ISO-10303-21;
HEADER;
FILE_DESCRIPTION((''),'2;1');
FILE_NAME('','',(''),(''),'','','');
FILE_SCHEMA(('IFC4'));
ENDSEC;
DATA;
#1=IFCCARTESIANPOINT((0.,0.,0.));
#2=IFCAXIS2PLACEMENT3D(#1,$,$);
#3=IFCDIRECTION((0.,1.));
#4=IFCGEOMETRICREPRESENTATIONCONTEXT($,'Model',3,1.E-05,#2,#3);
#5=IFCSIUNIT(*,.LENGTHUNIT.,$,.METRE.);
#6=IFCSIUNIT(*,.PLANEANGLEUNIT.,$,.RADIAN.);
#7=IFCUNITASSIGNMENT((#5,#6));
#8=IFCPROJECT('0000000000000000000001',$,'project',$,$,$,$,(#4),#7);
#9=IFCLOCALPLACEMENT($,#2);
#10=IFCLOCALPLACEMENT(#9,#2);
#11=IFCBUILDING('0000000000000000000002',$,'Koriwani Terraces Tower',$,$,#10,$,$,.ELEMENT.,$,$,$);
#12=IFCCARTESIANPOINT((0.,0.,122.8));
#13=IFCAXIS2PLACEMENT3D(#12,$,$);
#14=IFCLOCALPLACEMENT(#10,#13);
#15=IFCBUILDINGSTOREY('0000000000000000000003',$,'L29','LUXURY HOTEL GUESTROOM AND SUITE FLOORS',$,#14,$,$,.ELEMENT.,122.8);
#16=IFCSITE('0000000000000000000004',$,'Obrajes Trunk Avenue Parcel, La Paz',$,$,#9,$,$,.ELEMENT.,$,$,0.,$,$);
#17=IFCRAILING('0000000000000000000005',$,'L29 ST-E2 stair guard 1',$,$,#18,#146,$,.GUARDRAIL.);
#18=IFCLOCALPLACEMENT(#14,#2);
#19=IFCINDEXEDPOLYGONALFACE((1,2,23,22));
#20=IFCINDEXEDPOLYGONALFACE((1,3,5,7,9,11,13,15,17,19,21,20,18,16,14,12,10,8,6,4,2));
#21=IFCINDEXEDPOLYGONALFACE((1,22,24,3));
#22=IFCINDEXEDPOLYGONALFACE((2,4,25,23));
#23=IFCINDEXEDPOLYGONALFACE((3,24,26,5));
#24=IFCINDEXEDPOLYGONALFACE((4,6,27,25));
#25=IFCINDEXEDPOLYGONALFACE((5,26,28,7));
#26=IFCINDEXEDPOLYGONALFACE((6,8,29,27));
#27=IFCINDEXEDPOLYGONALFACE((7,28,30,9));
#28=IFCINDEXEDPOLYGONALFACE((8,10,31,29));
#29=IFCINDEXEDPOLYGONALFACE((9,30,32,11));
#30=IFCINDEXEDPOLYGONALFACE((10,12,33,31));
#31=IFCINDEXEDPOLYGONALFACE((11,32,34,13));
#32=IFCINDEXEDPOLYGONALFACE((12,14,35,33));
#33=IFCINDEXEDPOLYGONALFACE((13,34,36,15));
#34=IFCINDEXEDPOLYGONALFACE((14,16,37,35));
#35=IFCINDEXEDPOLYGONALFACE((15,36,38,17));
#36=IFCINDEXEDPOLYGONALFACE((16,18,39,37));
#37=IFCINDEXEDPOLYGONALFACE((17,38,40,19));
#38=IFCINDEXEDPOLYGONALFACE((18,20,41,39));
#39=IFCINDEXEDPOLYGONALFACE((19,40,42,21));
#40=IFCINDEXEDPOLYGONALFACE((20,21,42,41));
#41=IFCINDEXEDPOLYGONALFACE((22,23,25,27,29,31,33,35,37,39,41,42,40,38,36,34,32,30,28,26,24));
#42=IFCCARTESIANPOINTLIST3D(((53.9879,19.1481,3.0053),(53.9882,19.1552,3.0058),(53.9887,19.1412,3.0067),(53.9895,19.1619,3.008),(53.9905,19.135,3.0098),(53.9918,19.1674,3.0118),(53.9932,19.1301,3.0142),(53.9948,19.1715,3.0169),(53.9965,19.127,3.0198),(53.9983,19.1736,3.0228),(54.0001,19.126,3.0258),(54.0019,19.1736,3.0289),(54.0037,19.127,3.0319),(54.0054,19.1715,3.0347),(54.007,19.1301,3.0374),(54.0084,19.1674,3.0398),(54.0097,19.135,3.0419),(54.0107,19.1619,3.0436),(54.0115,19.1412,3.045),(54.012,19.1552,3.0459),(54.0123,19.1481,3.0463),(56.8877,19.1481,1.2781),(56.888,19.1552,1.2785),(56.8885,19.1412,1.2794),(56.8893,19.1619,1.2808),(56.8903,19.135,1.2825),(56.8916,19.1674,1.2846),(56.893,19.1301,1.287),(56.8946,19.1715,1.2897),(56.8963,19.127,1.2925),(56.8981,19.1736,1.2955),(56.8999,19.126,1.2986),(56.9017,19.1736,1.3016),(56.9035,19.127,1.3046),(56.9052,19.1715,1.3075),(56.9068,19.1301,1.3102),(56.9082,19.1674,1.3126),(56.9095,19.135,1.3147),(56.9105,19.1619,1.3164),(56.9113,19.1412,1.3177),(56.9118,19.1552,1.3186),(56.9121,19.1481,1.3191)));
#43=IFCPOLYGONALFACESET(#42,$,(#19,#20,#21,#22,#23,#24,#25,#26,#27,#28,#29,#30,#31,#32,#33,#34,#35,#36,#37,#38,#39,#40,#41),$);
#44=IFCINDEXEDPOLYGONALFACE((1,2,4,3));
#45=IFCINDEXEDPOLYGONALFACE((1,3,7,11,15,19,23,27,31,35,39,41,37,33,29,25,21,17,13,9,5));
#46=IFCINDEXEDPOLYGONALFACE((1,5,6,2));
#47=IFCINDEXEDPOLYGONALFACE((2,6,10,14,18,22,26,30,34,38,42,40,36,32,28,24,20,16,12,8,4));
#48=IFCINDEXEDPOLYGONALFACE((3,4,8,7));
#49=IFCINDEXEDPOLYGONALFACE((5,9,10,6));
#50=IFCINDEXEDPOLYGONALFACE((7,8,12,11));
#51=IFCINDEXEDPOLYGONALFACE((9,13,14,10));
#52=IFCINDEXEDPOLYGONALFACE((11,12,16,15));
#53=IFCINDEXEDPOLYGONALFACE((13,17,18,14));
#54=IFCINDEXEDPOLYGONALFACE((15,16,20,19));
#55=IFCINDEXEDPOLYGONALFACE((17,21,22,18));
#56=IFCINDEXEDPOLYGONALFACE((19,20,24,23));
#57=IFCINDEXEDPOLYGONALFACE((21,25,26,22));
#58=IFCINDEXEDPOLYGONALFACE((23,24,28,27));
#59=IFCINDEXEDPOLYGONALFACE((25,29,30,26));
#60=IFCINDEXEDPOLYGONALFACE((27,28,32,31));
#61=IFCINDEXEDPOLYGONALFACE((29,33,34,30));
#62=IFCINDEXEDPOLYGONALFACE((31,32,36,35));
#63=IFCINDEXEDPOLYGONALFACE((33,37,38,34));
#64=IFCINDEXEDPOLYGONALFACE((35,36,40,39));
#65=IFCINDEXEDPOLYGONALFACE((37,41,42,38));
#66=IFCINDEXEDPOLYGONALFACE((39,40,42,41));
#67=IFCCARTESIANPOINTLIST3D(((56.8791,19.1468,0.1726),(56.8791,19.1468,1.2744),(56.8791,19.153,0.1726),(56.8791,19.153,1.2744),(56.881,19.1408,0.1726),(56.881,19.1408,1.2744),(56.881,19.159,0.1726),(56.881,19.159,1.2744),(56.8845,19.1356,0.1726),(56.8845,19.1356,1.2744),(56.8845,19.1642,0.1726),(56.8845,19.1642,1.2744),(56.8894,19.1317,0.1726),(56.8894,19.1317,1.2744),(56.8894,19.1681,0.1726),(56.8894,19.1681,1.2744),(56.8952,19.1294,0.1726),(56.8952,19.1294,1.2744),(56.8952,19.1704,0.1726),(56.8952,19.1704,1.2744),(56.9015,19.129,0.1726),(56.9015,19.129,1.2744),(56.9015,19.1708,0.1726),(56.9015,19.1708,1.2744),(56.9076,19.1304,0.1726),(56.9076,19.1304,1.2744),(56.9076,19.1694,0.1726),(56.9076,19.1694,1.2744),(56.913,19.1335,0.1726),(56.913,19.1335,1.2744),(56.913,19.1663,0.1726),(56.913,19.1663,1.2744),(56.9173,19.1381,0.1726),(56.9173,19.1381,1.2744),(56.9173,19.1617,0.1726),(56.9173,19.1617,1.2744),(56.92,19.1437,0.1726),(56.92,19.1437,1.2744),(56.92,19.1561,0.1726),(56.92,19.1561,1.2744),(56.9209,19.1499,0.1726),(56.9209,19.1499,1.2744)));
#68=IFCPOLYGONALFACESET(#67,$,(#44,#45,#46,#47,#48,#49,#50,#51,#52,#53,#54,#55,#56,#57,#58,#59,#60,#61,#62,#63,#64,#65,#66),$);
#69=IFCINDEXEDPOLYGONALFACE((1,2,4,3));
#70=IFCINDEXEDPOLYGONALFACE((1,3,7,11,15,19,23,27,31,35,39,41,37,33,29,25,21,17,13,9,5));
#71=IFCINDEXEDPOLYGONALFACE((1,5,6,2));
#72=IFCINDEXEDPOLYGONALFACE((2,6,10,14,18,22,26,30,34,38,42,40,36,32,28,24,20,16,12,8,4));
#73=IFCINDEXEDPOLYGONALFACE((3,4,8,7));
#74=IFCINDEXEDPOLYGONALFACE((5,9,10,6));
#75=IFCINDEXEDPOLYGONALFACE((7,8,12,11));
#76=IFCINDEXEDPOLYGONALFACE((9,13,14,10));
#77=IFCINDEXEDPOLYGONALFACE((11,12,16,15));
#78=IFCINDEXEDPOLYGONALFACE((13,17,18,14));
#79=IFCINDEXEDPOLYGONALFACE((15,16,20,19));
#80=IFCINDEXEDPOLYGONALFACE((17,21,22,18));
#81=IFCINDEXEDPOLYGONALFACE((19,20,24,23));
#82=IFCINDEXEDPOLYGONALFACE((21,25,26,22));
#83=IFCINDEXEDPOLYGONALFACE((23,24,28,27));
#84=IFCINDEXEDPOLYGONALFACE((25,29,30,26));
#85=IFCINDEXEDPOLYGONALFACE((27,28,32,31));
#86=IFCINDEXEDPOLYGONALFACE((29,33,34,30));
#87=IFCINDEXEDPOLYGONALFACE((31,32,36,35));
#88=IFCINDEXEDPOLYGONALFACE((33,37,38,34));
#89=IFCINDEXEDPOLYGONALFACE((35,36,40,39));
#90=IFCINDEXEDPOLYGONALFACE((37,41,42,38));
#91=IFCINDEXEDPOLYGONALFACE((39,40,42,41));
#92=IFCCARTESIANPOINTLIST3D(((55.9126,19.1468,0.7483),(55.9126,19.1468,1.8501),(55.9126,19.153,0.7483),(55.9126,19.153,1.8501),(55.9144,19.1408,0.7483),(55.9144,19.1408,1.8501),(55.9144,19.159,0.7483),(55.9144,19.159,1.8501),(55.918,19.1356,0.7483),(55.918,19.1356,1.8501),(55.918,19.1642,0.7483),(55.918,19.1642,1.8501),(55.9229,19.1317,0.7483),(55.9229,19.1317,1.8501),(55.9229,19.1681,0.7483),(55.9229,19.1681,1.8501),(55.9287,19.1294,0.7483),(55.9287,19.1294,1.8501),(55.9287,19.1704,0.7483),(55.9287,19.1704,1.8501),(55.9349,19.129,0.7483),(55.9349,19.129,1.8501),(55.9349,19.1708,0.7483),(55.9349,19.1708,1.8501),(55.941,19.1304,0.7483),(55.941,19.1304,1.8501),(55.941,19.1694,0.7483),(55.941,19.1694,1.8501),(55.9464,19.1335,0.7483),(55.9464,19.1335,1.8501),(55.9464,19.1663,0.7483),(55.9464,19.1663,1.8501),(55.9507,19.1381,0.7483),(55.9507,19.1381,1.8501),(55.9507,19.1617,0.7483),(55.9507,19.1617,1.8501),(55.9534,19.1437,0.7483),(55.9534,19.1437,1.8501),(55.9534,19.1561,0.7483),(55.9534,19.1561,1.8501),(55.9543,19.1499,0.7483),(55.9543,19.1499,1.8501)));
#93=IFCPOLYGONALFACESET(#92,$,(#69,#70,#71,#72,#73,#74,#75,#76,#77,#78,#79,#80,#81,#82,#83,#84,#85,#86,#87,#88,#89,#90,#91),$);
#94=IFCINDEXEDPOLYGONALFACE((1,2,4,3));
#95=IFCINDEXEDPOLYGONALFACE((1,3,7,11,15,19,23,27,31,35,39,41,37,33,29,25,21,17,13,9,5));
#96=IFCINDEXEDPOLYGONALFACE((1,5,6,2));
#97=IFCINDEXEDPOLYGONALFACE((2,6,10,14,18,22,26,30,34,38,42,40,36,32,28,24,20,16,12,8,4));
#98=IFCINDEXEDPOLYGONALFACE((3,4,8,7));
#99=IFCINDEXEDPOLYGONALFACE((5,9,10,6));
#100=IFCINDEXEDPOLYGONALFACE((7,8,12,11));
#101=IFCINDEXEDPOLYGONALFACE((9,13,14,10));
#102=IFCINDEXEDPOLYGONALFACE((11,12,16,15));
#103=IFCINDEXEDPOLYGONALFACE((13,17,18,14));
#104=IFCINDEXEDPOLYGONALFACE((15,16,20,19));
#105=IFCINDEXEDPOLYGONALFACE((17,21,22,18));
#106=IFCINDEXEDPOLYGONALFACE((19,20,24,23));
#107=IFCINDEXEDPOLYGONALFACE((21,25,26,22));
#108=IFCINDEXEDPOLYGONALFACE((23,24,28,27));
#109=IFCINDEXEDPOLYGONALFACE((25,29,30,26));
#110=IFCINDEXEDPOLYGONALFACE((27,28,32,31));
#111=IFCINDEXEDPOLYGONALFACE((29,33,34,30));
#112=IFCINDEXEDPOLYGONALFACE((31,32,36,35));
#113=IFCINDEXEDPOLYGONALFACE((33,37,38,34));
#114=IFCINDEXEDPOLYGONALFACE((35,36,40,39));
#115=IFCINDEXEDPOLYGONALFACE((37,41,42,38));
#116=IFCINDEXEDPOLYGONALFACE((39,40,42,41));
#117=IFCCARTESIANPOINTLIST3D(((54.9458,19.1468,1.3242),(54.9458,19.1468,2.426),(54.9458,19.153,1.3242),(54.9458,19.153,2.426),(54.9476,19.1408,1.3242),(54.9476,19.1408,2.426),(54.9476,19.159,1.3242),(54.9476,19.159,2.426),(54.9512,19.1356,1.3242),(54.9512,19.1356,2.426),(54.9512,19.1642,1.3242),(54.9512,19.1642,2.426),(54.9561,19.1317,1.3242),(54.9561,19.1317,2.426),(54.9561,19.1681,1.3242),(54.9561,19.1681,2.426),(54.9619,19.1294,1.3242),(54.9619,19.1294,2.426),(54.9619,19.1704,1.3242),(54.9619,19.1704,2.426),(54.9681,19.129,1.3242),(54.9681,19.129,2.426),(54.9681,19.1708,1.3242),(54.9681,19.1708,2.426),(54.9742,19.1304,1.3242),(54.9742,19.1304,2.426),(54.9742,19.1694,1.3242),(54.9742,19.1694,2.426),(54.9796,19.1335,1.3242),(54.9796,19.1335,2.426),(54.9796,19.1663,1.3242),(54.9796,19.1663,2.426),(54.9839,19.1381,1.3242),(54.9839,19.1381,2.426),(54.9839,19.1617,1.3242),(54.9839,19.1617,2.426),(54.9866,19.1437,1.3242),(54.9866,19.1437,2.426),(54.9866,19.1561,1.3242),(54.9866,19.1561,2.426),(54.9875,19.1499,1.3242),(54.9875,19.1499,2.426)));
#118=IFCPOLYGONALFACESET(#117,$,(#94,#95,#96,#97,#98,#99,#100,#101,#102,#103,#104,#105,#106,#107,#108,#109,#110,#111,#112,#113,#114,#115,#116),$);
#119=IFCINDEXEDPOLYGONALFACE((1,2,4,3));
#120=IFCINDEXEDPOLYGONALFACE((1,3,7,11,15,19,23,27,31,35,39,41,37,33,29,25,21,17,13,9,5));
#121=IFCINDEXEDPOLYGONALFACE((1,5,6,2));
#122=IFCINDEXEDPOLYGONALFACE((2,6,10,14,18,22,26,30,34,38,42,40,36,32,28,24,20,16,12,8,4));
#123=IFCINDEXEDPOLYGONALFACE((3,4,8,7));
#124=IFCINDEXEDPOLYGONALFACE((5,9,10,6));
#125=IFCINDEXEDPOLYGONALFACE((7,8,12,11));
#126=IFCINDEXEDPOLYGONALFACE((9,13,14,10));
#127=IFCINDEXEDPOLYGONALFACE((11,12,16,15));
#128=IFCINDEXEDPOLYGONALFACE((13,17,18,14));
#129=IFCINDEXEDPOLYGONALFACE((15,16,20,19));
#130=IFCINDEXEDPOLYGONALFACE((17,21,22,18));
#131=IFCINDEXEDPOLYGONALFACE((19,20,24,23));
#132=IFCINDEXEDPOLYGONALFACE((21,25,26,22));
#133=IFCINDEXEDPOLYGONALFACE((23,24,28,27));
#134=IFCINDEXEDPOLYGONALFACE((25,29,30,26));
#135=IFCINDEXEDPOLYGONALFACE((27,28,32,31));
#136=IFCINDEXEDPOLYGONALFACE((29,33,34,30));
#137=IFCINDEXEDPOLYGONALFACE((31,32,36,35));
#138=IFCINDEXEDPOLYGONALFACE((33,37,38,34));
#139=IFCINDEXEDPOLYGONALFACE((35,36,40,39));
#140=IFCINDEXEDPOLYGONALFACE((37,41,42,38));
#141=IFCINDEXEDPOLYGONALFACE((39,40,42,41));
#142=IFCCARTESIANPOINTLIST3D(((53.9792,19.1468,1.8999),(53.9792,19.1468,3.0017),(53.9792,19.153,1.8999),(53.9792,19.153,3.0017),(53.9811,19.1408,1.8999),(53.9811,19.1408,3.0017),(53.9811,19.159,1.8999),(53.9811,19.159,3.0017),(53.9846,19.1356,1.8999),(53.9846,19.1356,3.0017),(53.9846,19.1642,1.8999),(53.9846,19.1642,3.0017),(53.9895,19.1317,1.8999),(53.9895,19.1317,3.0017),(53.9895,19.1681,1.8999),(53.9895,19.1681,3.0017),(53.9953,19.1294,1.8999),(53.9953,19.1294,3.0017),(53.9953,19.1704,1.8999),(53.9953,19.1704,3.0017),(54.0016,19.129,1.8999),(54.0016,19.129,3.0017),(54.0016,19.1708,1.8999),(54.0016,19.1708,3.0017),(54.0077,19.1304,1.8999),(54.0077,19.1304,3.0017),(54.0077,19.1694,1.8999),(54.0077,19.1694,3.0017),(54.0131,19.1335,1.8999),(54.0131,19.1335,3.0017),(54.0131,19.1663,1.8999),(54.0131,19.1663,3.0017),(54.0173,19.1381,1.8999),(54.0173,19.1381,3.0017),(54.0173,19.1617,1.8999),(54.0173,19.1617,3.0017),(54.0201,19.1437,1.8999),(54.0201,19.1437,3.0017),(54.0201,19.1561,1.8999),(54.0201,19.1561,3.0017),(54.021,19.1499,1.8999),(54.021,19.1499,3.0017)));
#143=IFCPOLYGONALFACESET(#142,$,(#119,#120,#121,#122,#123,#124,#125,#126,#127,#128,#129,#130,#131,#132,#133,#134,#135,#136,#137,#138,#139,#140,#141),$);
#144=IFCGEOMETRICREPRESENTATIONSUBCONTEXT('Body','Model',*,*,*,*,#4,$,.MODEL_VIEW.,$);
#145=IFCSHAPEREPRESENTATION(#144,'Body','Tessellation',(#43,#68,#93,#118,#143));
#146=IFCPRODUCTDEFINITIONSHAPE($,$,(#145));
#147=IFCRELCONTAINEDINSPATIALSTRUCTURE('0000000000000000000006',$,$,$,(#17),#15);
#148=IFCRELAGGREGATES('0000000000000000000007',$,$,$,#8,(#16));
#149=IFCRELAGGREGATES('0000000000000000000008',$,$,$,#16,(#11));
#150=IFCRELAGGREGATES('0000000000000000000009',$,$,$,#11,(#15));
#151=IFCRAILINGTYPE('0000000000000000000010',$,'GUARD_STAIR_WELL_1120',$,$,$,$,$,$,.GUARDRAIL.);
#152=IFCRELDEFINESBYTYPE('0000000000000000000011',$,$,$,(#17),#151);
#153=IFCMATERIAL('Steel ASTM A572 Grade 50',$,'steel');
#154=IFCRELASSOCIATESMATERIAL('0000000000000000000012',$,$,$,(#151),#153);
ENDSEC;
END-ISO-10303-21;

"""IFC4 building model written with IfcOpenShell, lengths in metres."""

from ifc_helpers import new_model, si_unit, direction, frame, origin, origin_2d, place, context, subcontext, project, spatial, circle, extrude, material, type_object, element, save


model = new_model("IFC4")

# Units and contexts
model_context = context("Model", 3, precision=1e-05, world=origin(), true_north=direction((0.0, 1.0)))
body_context = subcontext(model_context, "Body", "Model", "MODEL_VIEW")
ifc_project = project(units=[si_unit("LENGTHUNIT", "METRE"), si_unit("PLANEANGLEUNIT", "RADIAN")], contexts=[model_context])

# Site, building, storey
site_placement = place(None, origin())
site = spatial("IfcSite", under=ifc_project, at=site_placement, Name="Obrajes Trunk Avenue Parcel, La Paz", CompositionType="ELEMENT", RefElevation=0.0)
building_placement = place(site_placement, origin())
building = spatial("IfcBuilding", under=site, at=building_placement, Name="Koriwani Terraces Tower", CompositionType="ELEMENT")
storey_placement = place(building_placement, frame((0.0, 0.0, 122.8)))
storey = spatial("IfcBuildingStorey", under=building, at=storey_placement, Name="L29", Description="LUXURY HOTEL GUESTROOM AND SUITE FLOORS", CompositionType="ELEMENT", Elevation=122.8)

# Shared definitions
ifc_material_1 = material(Name="Steel ASTM A572 Grade 50", Category="steel")

# Railing
railing_type_1 = type_object("IfcRailingType", Name="GUARD_STAIR_WELL_1120", PredefinedType="GUARDRAIL", material=ifc_material_1)
railing_1_placement = place(storey_placement, frame((56.8999, 19.1499, 0.1726)))
element("IfcRailing", 1, at=railing_1_placement, inside=storey, type_object=railing_type_1, Name="L29 ST-E2 stair guard 1", PredefinedType="GUARDRAIL", context=body_context, shape_type="SweptSolid", body=[
    extrude(circle(Radius=0.0239, at=origin_2d()), frame((0.0, 0.0, 1.126), z_axis=(-0.859141, 0.0, 0.511738), x_axis=(0.0, -1.0, 0.0)), (0.0, 0.0, 1.0), 3.3752),
    extrude(circle(Radius=0.021, at=origin_2d()), origin(), (0.0, 0.0, 1.0), 1.1018),
    extrude(circle(Radius=0.021, at=origin_2d()), frame((-0.9666, 0.0, 0.5757)), (0.0, 0.0, 1.0), 1.1018),
    extrude(circle(Radius=0.021, at=origin_2d()), frame((-1.9333, 0.0, 1.1516)), (0.0, 0.0, 1.0), 1.1018),
    extrude(circle(Radius=0.021, at=origin_2d()), frame((-2.8999, 0.0, 1.7273)), (0.0, 0.0, 1.0), 1.1018),
])

save(model, "model.ifc")
